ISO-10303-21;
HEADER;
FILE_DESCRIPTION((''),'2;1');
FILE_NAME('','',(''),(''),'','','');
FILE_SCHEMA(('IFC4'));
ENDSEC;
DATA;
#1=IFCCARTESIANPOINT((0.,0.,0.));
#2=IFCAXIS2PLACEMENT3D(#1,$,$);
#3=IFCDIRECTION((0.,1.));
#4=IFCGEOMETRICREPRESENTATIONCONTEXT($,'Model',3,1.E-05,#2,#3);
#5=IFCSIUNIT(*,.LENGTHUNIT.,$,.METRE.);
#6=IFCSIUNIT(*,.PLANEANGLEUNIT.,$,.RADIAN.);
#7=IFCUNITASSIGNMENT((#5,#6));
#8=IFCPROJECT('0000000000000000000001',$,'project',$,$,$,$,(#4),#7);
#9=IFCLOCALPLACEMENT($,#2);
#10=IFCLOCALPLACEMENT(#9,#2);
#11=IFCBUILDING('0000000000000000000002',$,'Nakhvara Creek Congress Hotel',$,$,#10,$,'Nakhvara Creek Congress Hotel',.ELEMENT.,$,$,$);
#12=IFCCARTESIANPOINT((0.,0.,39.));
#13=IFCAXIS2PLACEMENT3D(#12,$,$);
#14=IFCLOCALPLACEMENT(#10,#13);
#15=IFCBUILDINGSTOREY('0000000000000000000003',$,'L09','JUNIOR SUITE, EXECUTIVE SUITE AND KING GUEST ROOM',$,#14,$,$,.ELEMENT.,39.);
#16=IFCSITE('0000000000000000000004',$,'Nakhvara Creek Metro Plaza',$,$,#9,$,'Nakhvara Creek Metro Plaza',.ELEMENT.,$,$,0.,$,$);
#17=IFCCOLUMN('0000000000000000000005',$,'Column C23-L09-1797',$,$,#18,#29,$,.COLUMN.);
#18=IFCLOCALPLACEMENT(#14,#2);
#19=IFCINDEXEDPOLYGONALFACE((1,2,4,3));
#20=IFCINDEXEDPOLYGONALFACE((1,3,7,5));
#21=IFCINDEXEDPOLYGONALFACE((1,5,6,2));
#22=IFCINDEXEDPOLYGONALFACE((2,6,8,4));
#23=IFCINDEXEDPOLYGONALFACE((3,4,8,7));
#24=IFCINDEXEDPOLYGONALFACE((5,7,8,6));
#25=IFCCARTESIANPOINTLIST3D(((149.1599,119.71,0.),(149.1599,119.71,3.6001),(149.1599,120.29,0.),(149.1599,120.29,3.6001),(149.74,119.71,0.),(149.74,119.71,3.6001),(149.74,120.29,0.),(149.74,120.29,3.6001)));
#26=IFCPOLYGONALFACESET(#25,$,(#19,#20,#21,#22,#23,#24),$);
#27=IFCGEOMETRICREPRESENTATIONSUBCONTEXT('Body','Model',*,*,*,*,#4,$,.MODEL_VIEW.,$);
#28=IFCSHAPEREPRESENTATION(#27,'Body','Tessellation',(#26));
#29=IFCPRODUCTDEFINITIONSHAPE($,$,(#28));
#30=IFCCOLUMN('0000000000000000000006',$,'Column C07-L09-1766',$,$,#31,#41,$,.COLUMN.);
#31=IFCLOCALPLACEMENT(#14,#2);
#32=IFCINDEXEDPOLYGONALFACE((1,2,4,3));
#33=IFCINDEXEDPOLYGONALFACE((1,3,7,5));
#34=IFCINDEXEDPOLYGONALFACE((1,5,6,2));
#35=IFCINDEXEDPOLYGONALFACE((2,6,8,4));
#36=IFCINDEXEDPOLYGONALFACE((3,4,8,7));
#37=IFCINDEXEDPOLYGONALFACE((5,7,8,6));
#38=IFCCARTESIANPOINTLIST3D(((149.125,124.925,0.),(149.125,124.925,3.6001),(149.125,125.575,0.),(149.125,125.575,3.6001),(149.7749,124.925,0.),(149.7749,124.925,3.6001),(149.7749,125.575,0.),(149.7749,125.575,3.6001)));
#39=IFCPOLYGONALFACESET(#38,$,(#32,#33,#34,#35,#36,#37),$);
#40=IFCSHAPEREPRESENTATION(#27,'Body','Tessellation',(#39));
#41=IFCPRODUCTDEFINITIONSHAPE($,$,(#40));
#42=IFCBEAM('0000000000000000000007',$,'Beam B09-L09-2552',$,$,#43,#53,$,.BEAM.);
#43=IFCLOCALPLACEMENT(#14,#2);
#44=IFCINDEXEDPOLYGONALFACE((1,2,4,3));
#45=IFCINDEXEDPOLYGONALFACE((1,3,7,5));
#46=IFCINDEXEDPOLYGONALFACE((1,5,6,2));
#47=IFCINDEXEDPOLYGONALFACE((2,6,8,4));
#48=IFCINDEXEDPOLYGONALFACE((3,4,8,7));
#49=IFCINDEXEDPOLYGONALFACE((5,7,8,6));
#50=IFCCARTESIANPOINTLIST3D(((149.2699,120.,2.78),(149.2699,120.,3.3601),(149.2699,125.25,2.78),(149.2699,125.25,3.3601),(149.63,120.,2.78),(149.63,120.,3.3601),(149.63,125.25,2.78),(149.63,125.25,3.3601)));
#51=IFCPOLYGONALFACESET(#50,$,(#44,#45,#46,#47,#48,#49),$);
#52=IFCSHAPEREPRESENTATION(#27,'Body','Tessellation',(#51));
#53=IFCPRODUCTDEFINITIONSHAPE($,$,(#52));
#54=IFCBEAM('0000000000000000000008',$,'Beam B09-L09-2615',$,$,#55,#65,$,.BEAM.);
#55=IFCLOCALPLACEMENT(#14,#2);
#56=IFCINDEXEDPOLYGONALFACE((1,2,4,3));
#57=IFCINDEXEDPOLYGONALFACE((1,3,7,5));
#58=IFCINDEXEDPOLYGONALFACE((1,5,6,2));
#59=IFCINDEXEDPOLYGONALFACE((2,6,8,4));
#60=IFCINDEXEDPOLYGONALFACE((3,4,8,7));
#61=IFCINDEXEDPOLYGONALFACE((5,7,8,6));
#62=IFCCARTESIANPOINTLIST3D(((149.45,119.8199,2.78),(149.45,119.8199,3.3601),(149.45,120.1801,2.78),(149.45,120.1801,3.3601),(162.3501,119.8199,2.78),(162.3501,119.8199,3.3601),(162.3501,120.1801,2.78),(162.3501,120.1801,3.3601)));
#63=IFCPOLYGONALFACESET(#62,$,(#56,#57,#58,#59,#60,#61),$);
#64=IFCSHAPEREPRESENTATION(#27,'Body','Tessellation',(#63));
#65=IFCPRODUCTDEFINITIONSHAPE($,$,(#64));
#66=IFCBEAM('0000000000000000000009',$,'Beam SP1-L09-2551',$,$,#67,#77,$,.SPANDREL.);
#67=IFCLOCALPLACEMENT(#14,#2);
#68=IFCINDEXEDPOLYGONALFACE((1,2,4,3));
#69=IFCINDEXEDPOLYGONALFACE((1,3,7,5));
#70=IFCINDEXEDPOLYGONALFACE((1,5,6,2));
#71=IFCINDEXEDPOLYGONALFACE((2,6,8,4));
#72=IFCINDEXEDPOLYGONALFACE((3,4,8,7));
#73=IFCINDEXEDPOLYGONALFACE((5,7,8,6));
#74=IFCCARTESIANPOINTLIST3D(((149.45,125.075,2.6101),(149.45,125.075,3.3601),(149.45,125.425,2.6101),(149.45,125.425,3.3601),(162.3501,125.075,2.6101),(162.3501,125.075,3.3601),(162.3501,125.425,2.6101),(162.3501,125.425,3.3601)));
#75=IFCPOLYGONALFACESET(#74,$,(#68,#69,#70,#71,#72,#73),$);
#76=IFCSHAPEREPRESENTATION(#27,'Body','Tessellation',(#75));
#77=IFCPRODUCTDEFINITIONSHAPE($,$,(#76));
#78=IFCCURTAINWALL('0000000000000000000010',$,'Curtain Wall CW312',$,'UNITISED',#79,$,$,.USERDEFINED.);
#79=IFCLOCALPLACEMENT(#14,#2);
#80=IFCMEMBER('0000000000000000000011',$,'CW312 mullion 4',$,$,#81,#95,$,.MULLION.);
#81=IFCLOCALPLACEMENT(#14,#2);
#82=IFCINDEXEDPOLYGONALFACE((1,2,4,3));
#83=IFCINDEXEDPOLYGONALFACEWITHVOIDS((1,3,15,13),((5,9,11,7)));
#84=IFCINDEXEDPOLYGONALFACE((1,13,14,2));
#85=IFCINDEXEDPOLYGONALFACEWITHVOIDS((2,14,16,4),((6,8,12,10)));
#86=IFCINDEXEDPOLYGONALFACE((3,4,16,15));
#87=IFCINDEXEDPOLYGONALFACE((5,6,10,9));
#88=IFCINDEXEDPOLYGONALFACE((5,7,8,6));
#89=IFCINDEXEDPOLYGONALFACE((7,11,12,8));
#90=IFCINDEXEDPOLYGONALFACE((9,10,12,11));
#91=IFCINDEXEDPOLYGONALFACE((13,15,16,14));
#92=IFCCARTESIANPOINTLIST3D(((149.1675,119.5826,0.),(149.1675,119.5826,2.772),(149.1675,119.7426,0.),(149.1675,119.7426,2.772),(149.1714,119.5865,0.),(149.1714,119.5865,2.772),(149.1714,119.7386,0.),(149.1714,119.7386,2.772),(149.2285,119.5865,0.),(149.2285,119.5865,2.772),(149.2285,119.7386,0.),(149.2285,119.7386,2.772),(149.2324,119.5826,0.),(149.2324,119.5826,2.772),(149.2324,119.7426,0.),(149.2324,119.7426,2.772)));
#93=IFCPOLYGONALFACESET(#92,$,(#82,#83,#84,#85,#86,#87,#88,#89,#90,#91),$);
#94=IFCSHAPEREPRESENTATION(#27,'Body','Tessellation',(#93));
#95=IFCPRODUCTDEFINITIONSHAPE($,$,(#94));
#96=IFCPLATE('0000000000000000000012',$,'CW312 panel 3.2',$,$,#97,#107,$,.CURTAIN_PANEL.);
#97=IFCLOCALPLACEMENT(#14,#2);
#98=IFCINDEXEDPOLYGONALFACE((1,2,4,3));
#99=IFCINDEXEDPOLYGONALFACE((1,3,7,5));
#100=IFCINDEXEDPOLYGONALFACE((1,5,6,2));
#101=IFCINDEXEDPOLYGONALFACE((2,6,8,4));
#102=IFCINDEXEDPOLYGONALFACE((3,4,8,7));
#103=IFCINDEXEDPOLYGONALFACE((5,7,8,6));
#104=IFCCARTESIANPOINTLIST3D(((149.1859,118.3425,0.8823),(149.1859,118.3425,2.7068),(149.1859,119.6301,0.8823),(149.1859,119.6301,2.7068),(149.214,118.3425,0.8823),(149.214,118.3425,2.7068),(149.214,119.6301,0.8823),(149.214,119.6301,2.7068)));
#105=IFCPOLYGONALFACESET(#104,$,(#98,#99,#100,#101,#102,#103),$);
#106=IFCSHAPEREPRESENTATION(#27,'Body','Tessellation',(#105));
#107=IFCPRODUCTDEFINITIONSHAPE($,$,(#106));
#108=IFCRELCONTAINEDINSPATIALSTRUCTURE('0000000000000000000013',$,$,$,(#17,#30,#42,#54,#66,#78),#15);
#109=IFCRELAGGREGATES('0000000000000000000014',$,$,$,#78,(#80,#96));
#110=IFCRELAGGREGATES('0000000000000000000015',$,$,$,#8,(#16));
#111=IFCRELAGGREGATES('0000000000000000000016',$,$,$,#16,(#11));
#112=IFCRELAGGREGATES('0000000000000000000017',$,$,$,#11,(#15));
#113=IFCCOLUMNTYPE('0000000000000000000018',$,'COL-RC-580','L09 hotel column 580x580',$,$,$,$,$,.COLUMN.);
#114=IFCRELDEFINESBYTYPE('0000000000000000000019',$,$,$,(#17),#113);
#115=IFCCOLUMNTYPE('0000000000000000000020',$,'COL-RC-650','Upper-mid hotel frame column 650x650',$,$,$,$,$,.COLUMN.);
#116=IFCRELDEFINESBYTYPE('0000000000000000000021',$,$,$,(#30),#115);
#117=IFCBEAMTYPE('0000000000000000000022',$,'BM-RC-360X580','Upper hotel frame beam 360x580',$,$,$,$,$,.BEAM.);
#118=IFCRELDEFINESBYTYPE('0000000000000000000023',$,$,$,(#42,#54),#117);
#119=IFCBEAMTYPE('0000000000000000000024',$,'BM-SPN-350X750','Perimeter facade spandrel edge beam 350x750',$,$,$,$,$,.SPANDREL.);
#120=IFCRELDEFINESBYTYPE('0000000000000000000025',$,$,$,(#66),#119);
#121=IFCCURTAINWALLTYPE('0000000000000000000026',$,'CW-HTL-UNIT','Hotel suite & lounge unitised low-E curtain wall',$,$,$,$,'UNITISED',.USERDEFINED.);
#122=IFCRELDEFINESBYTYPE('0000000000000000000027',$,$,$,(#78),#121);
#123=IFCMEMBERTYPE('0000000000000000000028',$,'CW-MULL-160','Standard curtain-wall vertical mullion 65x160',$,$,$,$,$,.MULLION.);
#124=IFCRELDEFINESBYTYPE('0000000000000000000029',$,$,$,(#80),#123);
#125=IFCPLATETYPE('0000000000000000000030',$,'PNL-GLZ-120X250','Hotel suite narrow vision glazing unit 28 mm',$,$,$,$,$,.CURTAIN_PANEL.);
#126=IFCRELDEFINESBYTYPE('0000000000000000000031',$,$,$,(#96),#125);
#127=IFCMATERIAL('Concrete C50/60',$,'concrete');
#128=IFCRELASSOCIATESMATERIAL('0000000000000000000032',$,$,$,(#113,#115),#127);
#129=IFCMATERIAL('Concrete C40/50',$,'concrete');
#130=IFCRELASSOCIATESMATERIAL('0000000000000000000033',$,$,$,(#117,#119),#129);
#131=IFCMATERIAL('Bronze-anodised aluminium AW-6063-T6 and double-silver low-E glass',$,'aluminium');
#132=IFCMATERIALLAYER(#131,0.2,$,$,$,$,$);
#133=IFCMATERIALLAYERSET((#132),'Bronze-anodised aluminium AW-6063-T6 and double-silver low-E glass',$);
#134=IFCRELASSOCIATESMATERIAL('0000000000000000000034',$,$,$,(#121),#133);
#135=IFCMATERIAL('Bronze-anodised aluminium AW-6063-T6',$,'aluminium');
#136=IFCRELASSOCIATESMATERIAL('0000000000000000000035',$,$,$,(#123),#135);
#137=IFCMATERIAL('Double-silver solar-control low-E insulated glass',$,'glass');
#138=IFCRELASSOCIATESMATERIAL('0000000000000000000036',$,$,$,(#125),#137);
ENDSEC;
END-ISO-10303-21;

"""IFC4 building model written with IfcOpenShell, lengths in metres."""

from ifc_helpers import new_model, si_unit, direction, frame, origin, origin_2d, place, context, subcontext, project, spatial, rectangle, hollow_rectangle, extrude, material, layer, layer_set, material_profile, profile_set, type_object, element, aggregate, save


model = new_model("IFC4")

# Units and contexts
model_context = context("Model", 3, precision=1e-05, world=origin(), true_north=direction((0.0, 1.0)))
body_context = subcontext(model_context, "Body", "Model", "MODEL_VIEW")
ifc_project = project(units=[si_unit("LENGTHUNIT", "METRE"), si_unit("PLANEANGLEUNIT", "RADIAN")], contexts=[model_context])

# Site, building, storey
site_placement = place(None, origin())
site = spatial("IfcSite", under=ifc_project, at=site_placement, Name="Nakhvara Creek Metro Plaza", LongName="Nakhvara Creek Metro Plaza", CompositionType="ELEMENT", RefElevation=0.0)
building_placement = place(site_placement, origin())
building = spatial("IfcBuilding", under=site, at=building_placement, Name="Nakhvara Creek Congress Hotel", LongName="Nakhvara Creek Congress Hotel", CompositionType="ELEMENT")
storey_placement = place(building_placement, frame((0.0, 0.0, 39.0)))
storey = spatial("IfcBuildingStorey", under=building, at=storey_placement, Name="L09", Description="JUNIOR SUITE, EXECUTIVE SUITE AND KING GUEST ROOM", CompositionType="ELEMENT", Elevation=39.0)

# Columns
ifc_material_1 = material(Name="Concrete C50/60", Category="concrete")
ifc_material_profile_1 = material_profile(ifc_material_1, rectangle(XDim=0.5801, YDim=0.5801, at=origin_2d()), Name="RC-COL 580x580", Category="LoadBearing")
ifc_profile_set_1 = profile_set([ifc_material_profile_1], Name="Concrete C50/60")
column_type_1 = type_object("IfcColumnType", Name="COL-RC-580", Description="L09 hotel column 580x580", PredefinedType="COLUMN", material=ifc_profile_set_1)
column_1_placement = place(storey_placement, frame((149.45, 120.0, 0.0), z_axis=(0.0, 0.0, 1.0), x_axis=(1.0, 0.0, 0.0)))
element("IfcColumn", 1, at=column_1_placement, inside=storey, type_object=column_type_1, Name="Column C23-L09-1797", PredefinedType="COLUMN", context=body_context, shape_type="SweptSolid", body=[
    extrude(rectangle(XDim=0.5801, YDim=0.5801, at=origin_2d()), origin(), (0.0, 0.0, 1.0), 3.6001),
])
ifc_material_profile_2 = material_profile(ifc_material_1, rectangle(XDim=0.6499, YDim=0.6499, at=origin_2d()), Name="RC-COL 650x650", Category="LoadBearing")
ifc_profile_set_2 = profile_set([ifc_material_profile_2], Name="Concrete C50/60")
column_type_2 = type_object("IfcColumnType", Name="COL-RC-650", Description="Upper-mid hotel frame column 650x650", PredefinedType="COLUMN", material=ifc_profile_set_2)
column_2_placement = place(storey_placement, frame((149.45, 125.25, 0.0), z_axis=(0.0, 0.0, 1.0), x_axis=(1.0, 0.0, 0.0)))
element("IfcColumn", 2, at=column_2_placement, inside=storey, type_object=column_type_2, Name="Column C07-L09-1766", PredefinedType="COLUMN", context=body_context, shape_type="SweptSolid", body=[
    extrude(rectangle(XDim=0.6499, YDim=0.6499, at=origin_2d()), origin(), (0.0, 0.0, 1.0), 3.6001),
])

# Beams
ifc_material_2 = material(Name="Concrete C40/50", Category="concrete")
ifc_material_profile_3 = material_profile(ifc_material_2, rectangle(XDim=0.3601, YDim=0.5801, at=origin_2d()), Name="RC-BM 360x580", Category="LoadBearing")
ifc_profile_set_3 = profile_set([ifc_material_profile_3], Name="Concrete C40/50")
beam_type_1 = type_object("IfcBeamType", Name="BM-RC-360X580", Description="Upper hotel frame beam 360x580", PredefinedType="BEAM", material=ifc_profile_set_3)
beam_1_placement = place(storey_placement, frame((149.45, 120.0, 3.0701), z_axis=(0.0, 1.0, 0.0), x_axis=(-1.0, 0.0, 0.0)))
element("IfcBeam", 3, at=beam_1_placement, inside=storey, type_object=beam_type_1, Name="Beam B09-L09-2552", PredefinedType="BEAM", context=body_context, shape_type="SweptSolid", body=[
    extrude(rectangle(XDim=0.3601, YDim=0.5801, at=origin_2d()), origin(), (0.0, 0.0, 1.0), 5.25),
])
beam_2_placement = place(storey_placement, frame((149.45, 120.0, 3.0701), z_axis=(1.0, 0.0, 0.0), x_axis=(0.0, 1.0, 0.0)))
element("IfcBeam", 4, at=beam_2_placement, inside=storey, type_object=beam_type_1, Name="Beam B09-L09-2615", PredefinedType="BEAM", context=body_context, shape_type="SweptSolid", body=[
    extrude(rectangle(XDim=0.3601, YDim=0.5801, at=origin_2d()), origin(), (0.0, 0.0, 1.0), 12.9001),
])
ifc_material_profile_4 = material_profile(ifc_material_2, rectangle(XDim=0.3501, YDim=0.75, at=origin_2d()), Name="RC-SPANDREL 350x750", Category="LoadBearing")
ifc_profile_set_4 = profile_set([ifc_material_profile_4], Name="Concrete C40/50")
beam_type_2 = type_object("IfcBeamType", Name="BM-SPN-350X750", Description="Perimeter facade spandrel edge beam 350x750", PredefinedType="SPANDREL", material=ifc_profile_set_4)
beam_3_placement = place(storey_placement, frame((149.45, 125.25, 2.9851), z_axis=(1.0, 0.0, 0.0), x_axis=(0.0, 1.0, 0.0)))
element("IfcBeam", 5, at=beam_3_placement, inside=storey, type_object=beam_type_2, Name="Beam SP1-L09-2551", PredefinedType="SPANDREL", context=body_context, shape_type="SweptSolid", body=[
    extrude(rectangle(XDim=0.3501, YDim=0.75, at=origin_2d()), origin(), (0.0, 0.0, 1.0), 12.9001),
])

# Curtain wall, member, plate
ifc_material_3 = material(Name="Bronze-anodised aluminium AW-6063-T6 and double-silver low-E glass", Category="aluminium")
ifc_layer_1 = layer(ifc_material_3, 0.2)
ifc_layer_set_1 = layer_set([ifc_layer_1], Name="Bronze-anodised aluminium AW-6063-T6 and double-silver low-E glass")
curtain_wall_type = type_object("IfcCurtainWallType", Name="CW-HTL-UNIT", Description="Hotel suite & lounge unitised low-E curtain wall", ElementType="UNITISED", PredefinedType="USERDEFINED", material=ifc_layer_set_1)
curtain_wall_placement = place(storey_placement, origin())
curtain_wall = element("IfcCurtainWall", 6, at=curtain_wall_placement, inside=storey, type_object=curtain_wall_type, Name="Curtain Wall CW312", ObjectType="UNITISED", PredefinedType="USERDEFINED")
ifc_material_4 = material(Name="Bronze-anodised aluminium AW-6063-T6", Category="aluminium")
ifc_material_profile_5 = material_profile(ifc_material_4, hollow_rectangle(XDim=0.0649, YDim=0.1599, WallThickness=0.0039, at=origin_2d()), Name="ALU-MULL 65x160x4", Category="LoadBearing")
ifc_profile_set_5 = profile_set([ifc_material_profile_5], Name="Bronze-anodised aluminium AW-6063-T6")
member_type = type_object("IfcMemberType", Name="CW-MULL-160", Description="Standard curtain-wall vertical mullion 65x160", PredefinedType="MULLION", material=ifc_profile_set_5)
member_placement = place(storey_placement, frame((149.2, 119.6626, 0.0), z_axis=(0.0, 0.0, 1.0), x_axis=(-1.0, 0.0, 0.0)))
member = element("IfcMember", 7, at=member_placement, type_object=member_type, Name="CW312 mullion 4", PredefinedType="MULLION", context=body_context, shape_type="SweptSolid", body=[
    extrude(hollow_rectangle(XDim=0.0649, YDim=0.1599, WallThickness=0.0039, at=origin_2d()), origin(), (0.0, 0.0, 1.0), 2.772),
])
ifc_material_5 = material(Name="Double-silver solar-control low-E insulated glass", Category="glass")
plate_type = type_object("IfcPlateType", Name="PNL-GLZ-120X250", Description="Hotel suite narrow vision glazing unit 28 mm", PredefinedType="CURTAIN_PANEL", material=ifc_material_5)
plate_placement = place(storey_placement, frame((149.2, 118.9863, 0.8823), z_axis=(0.0, 0.0, 1.0), x_axis=(0.0, 1.0, 0.0)))
plate = element("IfcPlate", 8, at=plate_placement, type_object=plate_type, Name="CW312 panel 3.2", PredefinedType="CURTAIN_PANEL", context=body_context, shape_type="SweptSolid", body=[
    extrude(rectangle(XDim=1.2876, YDim=0.0281, at=origin_2d()), origin(), (0.0, 0.0, 1.0), 1.8245),
])
aggregate(curtain_wall, [member, plate])

save(model, "model.ifc")
